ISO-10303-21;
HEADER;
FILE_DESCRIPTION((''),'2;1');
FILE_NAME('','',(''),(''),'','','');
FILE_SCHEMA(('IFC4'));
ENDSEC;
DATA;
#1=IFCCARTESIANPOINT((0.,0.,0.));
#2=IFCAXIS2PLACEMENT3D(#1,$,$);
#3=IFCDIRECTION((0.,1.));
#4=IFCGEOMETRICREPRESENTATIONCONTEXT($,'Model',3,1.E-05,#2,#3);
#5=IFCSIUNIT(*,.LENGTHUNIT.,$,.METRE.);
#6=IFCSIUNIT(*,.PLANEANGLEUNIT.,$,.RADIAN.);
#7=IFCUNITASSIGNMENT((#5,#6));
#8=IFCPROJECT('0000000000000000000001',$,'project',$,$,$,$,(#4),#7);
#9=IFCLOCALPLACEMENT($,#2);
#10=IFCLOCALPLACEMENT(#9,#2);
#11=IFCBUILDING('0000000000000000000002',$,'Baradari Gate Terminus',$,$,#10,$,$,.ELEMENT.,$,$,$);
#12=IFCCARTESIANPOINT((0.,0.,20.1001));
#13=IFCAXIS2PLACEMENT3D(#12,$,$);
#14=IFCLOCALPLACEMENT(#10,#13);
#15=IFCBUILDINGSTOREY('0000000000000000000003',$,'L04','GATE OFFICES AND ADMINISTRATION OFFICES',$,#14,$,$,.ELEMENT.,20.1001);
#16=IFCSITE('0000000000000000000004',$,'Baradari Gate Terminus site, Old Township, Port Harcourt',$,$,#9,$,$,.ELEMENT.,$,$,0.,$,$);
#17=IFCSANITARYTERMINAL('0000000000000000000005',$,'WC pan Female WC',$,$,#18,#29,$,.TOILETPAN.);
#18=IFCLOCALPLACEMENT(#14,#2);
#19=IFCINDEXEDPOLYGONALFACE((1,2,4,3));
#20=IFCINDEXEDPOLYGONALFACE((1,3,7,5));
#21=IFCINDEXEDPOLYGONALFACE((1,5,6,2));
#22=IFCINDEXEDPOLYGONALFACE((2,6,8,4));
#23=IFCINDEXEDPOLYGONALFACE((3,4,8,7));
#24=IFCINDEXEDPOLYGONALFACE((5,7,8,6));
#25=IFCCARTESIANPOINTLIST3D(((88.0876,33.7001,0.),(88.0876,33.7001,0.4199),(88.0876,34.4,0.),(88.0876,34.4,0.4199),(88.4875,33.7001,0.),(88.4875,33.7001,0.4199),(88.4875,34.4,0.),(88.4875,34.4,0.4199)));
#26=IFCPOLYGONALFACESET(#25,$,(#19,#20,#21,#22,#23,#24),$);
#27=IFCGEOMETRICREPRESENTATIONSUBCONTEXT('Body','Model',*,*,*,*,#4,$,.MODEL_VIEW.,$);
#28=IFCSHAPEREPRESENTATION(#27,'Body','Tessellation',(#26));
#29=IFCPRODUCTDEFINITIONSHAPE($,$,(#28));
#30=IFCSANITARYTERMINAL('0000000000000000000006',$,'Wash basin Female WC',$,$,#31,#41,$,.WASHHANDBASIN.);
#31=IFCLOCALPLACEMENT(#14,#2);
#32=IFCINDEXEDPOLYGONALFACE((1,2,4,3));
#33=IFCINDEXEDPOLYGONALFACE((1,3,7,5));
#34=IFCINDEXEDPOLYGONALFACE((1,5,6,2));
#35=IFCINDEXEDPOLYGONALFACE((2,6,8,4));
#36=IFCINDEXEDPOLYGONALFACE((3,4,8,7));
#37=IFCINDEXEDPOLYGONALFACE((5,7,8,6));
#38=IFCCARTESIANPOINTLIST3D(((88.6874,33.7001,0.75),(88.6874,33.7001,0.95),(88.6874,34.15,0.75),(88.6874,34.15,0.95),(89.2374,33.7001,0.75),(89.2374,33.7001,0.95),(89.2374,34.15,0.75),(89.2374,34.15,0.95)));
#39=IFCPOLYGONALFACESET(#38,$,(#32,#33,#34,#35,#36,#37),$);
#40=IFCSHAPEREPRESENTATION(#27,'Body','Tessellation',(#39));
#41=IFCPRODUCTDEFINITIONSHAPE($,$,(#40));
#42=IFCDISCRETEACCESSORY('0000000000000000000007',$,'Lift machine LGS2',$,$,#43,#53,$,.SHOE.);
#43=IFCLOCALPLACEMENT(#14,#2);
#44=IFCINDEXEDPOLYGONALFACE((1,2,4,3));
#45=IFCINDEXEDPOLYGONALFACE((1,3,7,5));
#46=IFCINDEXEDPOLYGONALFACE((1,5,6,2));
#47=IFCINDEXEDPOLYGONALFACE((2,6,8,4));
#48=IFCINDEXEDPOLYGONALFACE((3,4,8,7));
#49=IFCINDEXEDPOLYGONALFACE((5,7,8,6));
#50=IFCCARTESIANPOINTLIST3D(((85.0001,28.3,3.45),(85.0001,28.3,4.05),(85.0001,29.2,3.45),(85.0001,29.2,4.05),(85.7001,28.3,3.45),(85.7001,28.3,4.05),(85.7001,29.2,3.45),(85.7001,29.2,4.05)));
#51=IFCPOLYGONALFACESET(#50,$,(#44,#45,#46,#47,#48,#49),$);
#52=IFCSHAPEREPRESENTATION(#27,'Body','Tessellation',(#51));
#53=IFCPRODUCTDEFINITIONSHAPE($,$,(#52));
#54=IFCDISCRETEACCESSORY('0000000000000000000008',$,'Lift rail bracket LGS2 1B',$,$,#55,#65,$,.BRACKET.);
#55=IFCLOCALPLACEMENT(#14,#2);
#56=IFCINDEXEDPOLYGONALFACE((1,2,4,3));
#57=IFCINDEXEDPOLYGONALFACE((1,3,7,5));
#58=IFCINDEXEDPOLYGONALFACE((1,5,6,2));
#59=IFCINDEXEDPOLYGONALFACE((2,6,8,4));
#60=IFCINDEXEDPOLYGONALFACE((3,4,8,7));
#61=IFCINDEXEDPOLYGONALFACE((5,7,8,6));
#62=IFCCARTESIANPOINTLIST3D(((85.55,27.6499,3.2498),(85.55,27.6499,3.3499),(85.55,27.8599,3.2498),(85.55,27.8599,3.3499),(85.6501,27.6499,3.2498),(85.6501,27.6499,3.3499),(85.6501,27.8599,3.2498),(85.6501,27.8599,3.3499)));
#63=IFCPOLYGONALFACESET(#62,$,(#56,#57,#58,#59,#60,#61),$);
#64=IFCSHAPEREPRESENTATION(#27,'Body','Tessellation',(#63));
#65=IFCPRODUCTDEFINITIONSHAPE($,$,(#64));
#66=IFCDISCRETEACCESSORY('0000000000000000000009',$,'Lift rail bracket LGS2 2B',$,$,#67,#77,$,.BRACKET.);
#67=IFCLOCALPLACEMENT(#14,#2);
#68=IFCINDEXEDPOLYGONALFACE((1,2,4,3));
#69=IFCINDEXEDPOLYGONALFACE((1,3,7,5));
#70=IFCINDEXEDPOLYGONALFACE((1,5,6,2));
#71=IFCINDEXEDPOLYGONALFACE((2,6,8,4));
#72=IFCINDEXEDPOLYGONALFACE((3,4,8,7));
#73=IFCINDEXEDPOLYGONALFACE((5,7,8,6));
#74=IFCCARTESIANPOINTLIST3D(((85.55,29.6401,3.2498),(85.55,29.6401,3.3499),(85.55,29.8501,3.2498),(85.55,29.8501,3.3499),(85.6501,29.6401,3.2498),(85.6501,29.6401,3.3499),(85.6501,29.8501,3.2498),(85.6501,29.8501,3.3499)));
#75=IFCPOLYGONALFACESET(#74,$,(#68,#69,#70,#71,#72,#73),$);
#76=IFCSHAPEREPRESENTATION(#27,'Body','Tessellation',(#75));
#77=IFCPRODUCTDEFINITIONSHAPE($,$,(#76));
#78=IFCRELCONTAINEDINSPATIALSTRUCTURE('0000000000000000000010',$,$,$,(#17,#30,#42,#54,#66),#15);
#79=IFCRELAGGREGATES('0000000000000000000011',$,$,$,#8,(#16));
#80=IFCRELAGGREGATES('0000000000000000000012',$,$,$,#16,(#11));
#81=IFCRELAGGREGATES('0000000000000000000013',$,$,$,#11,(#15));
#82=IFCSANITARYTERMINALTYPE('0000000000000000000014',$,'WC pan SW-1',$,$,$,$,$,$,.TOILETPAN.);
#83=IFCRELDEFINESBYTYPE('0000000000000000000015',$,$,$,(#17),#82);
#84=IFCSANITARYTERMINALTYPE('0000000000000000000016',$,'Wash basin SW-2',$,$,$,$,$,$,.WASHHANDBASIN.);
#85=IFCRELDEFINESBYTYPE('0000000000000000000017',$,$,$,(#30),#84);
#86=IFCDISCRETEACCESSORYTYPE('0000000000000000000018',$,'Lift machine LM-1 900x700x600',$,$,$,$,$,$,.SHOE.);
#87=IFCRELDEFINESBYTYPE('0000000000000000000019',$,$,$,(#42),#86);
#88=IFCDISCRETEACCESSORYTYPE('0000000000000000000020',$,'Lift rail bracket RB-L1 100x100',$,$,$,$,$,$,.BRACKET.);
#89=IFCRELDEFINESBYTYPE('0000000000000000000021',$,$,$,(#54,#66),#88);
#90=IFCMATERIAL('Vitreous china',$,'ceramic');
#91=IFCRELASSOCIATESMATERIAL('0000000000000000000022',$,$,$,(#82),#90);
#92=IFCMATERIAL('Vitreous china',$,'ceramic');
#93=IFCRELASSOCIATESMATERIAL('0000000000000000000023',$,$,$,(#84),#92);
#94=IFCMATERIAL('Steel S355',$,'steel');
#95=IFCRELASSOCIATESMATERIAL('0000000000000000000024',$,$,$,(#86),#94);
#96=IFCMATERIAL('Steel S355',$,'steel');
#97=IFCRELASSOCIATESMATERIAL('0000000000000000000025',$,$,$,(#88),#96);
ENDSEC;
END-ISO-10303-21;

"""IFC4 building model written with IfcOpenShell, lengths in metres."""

from ifc_helpers import new_model, si_unit, direction, frame, origin, origin_2d, place, context, subcontext, project, spatial, rectangle, extrude, material, type_object, element, save


model = new_model("IFC4")

# Units and contexts
model_context = context("Model", 3, precision=1e-05, world=origin(), true_north=direction((0.0, 1.0)))
body_context = subcontext(model_context, "Body", "Model", "MODEL_VIEW")
ifc_project = project(units=[si_unit("LENGTHUNIT", "METRE"), si_unit("PLANEANGLEUNIT", "RADIAN")], contexts=[model_context])

# Site, building, storey
site_placement = place(None, origin())
site = spatial("IfcSite", under=ifc_project, at=site_placement, Name="Baradari Gate Terminus site, Old Township, Port Harcourt", CompositionType="ELEMENT", RefElevation=0.0)
building_placement = place(site_placement, origin())
building = spatial("IfcBuilding", under=site, at=building_placement, Name="Baradari Gate Terminus", CompositionType="ELEMENT")
storey_placement = place(building_placement, frame((0.0, 0.0, 20.1001)))
storey = spatial("IfcBuildingStorey", under=building, at=storey_placement, Name="L04", Description="GATE OFFICES AND ADMINISTRATION OFFICES", CompositionType="ELEMENT", Elevation=20.1001)

# Sanitary terminals
ifc_material_1 = material(Name="Vitreous china", Category="ceramic")
sanitary_terminal_type_1 = type_object("IfcSanitaryTerminalType", Name="WC pan SW-1", PredefinedType="TOILETPAN", material=ifc_material_1)
sanitary_terminal_1_placement = place(storey_placement, frame((88.2876, 34.05, 0.0), z_axis=(0.0, 0.0, 1.0), x_axis=(1.0, 0.0, 0.0)))
element("IfcSanitaryTerminal", 1, at=sanitary_terminal_1_placement, inside=storey, type_object=sanitary_terminal_type_1, Name="WC pan Female WC", PredefinedType="TOILETPAN", context=body_context, shape_type="SweptSolid", body=[
    extrude(rectangle(XDim=0.3999, YDim=0.7, at=origin_2d()), origin(), (0.0, 0.0, 1.0), 0.4199),
])
ifc_material_2 = material(Name="Vitreous china", Category="ceramic")
sanitary_terminal_type_2 = type_object("IfcSanitaryTerminalType", Name="Wash basin SW-2", PredefinedType="WASHHANDBASIN", material=ifc_material_2)
sanitary_terminal_2_placement = place(storey_placement, frame((88.9624, 33.925, 0.75), z_axis=(0.0, 0.0, 1.0), x_axis=(1.0, 0.0, 0.0)))
element("IfcSanitaryTerminal", 2, at=sanitary_terminal_2_placement, inside=storey, type_object=sanitary_terminal_type_2, Name="Wash basin Female WC", PredefinedType="WASHHANDBASIN", context=body_context, shape_type="SweptSolid", body=[
    extrude(rectangle(XDim=0.55, YDim=0.45, at=origin_2d()), origin(), (0.0, 0.0, 1.0), 0.2),
])

# Discrete accessories
ifc_material_3 = material(Name="Steel S355", Category="steel")
discrete_accessory_type_1 = type_object("IfcDiscreteAccessoryType", Name="Lift machine LM-1 900x700x600", PredefinedType="SHOE", material=ifc_material_3)
discrete_accessory_placement = place(storey_placement, frame((85.3501, 28.75, 3.45), z_axis=(0.0, 0.0, 1.0), x_axis=(1.0, 0.0, 0.0)))
element("IfcDiscreteAccessory", 3, at=discrete_accessory_placement, inside=storey, type_object=discrete_accessory_type_1, Name="Lift machine LGS2", PredefinedType="SHOE", context=body_context, shape_type="SweptSolid", body=[
    extrude(rectangle(XDim=0.7, YDim=0.8999, at=origin_2d()), origin(), (0.0, 0.0, 1.0), 0.6001),
])
ifc_material_4 = material(Name="Steel S355", Category="steel")
discrete_accessory_type_2 = type_object("IfcDiscreteAccessoryType", Name="Lift rail bracket RB-L1 100x100", PredefinedType="BRACKET", material=ifc_material_4)
for number, where, z_axis, x_axis, name in (
    (4, (85.6001, 27.7549, 3.2498), (0.0, 0.0, 1.0), (1.0, 0.0, 0.0), "Lift rail bracket LGS2 1B"),
    (5, (85.6001, 29.7451, 3.2498), (0.0, 0.0, 1.0), (1.0, 0.0, 0.0), "Lift rail bracket LGS2 2B"),
):
    element("IfcDiscreteAccessory", number, at=place(storey_placement, frame(where, z_axis=z_axis, x_axis=x_axis)), inside=storey, type_object=discrete_accessory_type_2, Name=name, PredefinedType="BRACKET", context=body_context, shape_type="SweptSolid", body=[
        extrude(rectangle(XDim=0.1001, YDim=0.21, at=origin_2d()), origin(), (0.0, 0.0, 1.0), 0.1001),
    ])

save(model, "model.ifc")
